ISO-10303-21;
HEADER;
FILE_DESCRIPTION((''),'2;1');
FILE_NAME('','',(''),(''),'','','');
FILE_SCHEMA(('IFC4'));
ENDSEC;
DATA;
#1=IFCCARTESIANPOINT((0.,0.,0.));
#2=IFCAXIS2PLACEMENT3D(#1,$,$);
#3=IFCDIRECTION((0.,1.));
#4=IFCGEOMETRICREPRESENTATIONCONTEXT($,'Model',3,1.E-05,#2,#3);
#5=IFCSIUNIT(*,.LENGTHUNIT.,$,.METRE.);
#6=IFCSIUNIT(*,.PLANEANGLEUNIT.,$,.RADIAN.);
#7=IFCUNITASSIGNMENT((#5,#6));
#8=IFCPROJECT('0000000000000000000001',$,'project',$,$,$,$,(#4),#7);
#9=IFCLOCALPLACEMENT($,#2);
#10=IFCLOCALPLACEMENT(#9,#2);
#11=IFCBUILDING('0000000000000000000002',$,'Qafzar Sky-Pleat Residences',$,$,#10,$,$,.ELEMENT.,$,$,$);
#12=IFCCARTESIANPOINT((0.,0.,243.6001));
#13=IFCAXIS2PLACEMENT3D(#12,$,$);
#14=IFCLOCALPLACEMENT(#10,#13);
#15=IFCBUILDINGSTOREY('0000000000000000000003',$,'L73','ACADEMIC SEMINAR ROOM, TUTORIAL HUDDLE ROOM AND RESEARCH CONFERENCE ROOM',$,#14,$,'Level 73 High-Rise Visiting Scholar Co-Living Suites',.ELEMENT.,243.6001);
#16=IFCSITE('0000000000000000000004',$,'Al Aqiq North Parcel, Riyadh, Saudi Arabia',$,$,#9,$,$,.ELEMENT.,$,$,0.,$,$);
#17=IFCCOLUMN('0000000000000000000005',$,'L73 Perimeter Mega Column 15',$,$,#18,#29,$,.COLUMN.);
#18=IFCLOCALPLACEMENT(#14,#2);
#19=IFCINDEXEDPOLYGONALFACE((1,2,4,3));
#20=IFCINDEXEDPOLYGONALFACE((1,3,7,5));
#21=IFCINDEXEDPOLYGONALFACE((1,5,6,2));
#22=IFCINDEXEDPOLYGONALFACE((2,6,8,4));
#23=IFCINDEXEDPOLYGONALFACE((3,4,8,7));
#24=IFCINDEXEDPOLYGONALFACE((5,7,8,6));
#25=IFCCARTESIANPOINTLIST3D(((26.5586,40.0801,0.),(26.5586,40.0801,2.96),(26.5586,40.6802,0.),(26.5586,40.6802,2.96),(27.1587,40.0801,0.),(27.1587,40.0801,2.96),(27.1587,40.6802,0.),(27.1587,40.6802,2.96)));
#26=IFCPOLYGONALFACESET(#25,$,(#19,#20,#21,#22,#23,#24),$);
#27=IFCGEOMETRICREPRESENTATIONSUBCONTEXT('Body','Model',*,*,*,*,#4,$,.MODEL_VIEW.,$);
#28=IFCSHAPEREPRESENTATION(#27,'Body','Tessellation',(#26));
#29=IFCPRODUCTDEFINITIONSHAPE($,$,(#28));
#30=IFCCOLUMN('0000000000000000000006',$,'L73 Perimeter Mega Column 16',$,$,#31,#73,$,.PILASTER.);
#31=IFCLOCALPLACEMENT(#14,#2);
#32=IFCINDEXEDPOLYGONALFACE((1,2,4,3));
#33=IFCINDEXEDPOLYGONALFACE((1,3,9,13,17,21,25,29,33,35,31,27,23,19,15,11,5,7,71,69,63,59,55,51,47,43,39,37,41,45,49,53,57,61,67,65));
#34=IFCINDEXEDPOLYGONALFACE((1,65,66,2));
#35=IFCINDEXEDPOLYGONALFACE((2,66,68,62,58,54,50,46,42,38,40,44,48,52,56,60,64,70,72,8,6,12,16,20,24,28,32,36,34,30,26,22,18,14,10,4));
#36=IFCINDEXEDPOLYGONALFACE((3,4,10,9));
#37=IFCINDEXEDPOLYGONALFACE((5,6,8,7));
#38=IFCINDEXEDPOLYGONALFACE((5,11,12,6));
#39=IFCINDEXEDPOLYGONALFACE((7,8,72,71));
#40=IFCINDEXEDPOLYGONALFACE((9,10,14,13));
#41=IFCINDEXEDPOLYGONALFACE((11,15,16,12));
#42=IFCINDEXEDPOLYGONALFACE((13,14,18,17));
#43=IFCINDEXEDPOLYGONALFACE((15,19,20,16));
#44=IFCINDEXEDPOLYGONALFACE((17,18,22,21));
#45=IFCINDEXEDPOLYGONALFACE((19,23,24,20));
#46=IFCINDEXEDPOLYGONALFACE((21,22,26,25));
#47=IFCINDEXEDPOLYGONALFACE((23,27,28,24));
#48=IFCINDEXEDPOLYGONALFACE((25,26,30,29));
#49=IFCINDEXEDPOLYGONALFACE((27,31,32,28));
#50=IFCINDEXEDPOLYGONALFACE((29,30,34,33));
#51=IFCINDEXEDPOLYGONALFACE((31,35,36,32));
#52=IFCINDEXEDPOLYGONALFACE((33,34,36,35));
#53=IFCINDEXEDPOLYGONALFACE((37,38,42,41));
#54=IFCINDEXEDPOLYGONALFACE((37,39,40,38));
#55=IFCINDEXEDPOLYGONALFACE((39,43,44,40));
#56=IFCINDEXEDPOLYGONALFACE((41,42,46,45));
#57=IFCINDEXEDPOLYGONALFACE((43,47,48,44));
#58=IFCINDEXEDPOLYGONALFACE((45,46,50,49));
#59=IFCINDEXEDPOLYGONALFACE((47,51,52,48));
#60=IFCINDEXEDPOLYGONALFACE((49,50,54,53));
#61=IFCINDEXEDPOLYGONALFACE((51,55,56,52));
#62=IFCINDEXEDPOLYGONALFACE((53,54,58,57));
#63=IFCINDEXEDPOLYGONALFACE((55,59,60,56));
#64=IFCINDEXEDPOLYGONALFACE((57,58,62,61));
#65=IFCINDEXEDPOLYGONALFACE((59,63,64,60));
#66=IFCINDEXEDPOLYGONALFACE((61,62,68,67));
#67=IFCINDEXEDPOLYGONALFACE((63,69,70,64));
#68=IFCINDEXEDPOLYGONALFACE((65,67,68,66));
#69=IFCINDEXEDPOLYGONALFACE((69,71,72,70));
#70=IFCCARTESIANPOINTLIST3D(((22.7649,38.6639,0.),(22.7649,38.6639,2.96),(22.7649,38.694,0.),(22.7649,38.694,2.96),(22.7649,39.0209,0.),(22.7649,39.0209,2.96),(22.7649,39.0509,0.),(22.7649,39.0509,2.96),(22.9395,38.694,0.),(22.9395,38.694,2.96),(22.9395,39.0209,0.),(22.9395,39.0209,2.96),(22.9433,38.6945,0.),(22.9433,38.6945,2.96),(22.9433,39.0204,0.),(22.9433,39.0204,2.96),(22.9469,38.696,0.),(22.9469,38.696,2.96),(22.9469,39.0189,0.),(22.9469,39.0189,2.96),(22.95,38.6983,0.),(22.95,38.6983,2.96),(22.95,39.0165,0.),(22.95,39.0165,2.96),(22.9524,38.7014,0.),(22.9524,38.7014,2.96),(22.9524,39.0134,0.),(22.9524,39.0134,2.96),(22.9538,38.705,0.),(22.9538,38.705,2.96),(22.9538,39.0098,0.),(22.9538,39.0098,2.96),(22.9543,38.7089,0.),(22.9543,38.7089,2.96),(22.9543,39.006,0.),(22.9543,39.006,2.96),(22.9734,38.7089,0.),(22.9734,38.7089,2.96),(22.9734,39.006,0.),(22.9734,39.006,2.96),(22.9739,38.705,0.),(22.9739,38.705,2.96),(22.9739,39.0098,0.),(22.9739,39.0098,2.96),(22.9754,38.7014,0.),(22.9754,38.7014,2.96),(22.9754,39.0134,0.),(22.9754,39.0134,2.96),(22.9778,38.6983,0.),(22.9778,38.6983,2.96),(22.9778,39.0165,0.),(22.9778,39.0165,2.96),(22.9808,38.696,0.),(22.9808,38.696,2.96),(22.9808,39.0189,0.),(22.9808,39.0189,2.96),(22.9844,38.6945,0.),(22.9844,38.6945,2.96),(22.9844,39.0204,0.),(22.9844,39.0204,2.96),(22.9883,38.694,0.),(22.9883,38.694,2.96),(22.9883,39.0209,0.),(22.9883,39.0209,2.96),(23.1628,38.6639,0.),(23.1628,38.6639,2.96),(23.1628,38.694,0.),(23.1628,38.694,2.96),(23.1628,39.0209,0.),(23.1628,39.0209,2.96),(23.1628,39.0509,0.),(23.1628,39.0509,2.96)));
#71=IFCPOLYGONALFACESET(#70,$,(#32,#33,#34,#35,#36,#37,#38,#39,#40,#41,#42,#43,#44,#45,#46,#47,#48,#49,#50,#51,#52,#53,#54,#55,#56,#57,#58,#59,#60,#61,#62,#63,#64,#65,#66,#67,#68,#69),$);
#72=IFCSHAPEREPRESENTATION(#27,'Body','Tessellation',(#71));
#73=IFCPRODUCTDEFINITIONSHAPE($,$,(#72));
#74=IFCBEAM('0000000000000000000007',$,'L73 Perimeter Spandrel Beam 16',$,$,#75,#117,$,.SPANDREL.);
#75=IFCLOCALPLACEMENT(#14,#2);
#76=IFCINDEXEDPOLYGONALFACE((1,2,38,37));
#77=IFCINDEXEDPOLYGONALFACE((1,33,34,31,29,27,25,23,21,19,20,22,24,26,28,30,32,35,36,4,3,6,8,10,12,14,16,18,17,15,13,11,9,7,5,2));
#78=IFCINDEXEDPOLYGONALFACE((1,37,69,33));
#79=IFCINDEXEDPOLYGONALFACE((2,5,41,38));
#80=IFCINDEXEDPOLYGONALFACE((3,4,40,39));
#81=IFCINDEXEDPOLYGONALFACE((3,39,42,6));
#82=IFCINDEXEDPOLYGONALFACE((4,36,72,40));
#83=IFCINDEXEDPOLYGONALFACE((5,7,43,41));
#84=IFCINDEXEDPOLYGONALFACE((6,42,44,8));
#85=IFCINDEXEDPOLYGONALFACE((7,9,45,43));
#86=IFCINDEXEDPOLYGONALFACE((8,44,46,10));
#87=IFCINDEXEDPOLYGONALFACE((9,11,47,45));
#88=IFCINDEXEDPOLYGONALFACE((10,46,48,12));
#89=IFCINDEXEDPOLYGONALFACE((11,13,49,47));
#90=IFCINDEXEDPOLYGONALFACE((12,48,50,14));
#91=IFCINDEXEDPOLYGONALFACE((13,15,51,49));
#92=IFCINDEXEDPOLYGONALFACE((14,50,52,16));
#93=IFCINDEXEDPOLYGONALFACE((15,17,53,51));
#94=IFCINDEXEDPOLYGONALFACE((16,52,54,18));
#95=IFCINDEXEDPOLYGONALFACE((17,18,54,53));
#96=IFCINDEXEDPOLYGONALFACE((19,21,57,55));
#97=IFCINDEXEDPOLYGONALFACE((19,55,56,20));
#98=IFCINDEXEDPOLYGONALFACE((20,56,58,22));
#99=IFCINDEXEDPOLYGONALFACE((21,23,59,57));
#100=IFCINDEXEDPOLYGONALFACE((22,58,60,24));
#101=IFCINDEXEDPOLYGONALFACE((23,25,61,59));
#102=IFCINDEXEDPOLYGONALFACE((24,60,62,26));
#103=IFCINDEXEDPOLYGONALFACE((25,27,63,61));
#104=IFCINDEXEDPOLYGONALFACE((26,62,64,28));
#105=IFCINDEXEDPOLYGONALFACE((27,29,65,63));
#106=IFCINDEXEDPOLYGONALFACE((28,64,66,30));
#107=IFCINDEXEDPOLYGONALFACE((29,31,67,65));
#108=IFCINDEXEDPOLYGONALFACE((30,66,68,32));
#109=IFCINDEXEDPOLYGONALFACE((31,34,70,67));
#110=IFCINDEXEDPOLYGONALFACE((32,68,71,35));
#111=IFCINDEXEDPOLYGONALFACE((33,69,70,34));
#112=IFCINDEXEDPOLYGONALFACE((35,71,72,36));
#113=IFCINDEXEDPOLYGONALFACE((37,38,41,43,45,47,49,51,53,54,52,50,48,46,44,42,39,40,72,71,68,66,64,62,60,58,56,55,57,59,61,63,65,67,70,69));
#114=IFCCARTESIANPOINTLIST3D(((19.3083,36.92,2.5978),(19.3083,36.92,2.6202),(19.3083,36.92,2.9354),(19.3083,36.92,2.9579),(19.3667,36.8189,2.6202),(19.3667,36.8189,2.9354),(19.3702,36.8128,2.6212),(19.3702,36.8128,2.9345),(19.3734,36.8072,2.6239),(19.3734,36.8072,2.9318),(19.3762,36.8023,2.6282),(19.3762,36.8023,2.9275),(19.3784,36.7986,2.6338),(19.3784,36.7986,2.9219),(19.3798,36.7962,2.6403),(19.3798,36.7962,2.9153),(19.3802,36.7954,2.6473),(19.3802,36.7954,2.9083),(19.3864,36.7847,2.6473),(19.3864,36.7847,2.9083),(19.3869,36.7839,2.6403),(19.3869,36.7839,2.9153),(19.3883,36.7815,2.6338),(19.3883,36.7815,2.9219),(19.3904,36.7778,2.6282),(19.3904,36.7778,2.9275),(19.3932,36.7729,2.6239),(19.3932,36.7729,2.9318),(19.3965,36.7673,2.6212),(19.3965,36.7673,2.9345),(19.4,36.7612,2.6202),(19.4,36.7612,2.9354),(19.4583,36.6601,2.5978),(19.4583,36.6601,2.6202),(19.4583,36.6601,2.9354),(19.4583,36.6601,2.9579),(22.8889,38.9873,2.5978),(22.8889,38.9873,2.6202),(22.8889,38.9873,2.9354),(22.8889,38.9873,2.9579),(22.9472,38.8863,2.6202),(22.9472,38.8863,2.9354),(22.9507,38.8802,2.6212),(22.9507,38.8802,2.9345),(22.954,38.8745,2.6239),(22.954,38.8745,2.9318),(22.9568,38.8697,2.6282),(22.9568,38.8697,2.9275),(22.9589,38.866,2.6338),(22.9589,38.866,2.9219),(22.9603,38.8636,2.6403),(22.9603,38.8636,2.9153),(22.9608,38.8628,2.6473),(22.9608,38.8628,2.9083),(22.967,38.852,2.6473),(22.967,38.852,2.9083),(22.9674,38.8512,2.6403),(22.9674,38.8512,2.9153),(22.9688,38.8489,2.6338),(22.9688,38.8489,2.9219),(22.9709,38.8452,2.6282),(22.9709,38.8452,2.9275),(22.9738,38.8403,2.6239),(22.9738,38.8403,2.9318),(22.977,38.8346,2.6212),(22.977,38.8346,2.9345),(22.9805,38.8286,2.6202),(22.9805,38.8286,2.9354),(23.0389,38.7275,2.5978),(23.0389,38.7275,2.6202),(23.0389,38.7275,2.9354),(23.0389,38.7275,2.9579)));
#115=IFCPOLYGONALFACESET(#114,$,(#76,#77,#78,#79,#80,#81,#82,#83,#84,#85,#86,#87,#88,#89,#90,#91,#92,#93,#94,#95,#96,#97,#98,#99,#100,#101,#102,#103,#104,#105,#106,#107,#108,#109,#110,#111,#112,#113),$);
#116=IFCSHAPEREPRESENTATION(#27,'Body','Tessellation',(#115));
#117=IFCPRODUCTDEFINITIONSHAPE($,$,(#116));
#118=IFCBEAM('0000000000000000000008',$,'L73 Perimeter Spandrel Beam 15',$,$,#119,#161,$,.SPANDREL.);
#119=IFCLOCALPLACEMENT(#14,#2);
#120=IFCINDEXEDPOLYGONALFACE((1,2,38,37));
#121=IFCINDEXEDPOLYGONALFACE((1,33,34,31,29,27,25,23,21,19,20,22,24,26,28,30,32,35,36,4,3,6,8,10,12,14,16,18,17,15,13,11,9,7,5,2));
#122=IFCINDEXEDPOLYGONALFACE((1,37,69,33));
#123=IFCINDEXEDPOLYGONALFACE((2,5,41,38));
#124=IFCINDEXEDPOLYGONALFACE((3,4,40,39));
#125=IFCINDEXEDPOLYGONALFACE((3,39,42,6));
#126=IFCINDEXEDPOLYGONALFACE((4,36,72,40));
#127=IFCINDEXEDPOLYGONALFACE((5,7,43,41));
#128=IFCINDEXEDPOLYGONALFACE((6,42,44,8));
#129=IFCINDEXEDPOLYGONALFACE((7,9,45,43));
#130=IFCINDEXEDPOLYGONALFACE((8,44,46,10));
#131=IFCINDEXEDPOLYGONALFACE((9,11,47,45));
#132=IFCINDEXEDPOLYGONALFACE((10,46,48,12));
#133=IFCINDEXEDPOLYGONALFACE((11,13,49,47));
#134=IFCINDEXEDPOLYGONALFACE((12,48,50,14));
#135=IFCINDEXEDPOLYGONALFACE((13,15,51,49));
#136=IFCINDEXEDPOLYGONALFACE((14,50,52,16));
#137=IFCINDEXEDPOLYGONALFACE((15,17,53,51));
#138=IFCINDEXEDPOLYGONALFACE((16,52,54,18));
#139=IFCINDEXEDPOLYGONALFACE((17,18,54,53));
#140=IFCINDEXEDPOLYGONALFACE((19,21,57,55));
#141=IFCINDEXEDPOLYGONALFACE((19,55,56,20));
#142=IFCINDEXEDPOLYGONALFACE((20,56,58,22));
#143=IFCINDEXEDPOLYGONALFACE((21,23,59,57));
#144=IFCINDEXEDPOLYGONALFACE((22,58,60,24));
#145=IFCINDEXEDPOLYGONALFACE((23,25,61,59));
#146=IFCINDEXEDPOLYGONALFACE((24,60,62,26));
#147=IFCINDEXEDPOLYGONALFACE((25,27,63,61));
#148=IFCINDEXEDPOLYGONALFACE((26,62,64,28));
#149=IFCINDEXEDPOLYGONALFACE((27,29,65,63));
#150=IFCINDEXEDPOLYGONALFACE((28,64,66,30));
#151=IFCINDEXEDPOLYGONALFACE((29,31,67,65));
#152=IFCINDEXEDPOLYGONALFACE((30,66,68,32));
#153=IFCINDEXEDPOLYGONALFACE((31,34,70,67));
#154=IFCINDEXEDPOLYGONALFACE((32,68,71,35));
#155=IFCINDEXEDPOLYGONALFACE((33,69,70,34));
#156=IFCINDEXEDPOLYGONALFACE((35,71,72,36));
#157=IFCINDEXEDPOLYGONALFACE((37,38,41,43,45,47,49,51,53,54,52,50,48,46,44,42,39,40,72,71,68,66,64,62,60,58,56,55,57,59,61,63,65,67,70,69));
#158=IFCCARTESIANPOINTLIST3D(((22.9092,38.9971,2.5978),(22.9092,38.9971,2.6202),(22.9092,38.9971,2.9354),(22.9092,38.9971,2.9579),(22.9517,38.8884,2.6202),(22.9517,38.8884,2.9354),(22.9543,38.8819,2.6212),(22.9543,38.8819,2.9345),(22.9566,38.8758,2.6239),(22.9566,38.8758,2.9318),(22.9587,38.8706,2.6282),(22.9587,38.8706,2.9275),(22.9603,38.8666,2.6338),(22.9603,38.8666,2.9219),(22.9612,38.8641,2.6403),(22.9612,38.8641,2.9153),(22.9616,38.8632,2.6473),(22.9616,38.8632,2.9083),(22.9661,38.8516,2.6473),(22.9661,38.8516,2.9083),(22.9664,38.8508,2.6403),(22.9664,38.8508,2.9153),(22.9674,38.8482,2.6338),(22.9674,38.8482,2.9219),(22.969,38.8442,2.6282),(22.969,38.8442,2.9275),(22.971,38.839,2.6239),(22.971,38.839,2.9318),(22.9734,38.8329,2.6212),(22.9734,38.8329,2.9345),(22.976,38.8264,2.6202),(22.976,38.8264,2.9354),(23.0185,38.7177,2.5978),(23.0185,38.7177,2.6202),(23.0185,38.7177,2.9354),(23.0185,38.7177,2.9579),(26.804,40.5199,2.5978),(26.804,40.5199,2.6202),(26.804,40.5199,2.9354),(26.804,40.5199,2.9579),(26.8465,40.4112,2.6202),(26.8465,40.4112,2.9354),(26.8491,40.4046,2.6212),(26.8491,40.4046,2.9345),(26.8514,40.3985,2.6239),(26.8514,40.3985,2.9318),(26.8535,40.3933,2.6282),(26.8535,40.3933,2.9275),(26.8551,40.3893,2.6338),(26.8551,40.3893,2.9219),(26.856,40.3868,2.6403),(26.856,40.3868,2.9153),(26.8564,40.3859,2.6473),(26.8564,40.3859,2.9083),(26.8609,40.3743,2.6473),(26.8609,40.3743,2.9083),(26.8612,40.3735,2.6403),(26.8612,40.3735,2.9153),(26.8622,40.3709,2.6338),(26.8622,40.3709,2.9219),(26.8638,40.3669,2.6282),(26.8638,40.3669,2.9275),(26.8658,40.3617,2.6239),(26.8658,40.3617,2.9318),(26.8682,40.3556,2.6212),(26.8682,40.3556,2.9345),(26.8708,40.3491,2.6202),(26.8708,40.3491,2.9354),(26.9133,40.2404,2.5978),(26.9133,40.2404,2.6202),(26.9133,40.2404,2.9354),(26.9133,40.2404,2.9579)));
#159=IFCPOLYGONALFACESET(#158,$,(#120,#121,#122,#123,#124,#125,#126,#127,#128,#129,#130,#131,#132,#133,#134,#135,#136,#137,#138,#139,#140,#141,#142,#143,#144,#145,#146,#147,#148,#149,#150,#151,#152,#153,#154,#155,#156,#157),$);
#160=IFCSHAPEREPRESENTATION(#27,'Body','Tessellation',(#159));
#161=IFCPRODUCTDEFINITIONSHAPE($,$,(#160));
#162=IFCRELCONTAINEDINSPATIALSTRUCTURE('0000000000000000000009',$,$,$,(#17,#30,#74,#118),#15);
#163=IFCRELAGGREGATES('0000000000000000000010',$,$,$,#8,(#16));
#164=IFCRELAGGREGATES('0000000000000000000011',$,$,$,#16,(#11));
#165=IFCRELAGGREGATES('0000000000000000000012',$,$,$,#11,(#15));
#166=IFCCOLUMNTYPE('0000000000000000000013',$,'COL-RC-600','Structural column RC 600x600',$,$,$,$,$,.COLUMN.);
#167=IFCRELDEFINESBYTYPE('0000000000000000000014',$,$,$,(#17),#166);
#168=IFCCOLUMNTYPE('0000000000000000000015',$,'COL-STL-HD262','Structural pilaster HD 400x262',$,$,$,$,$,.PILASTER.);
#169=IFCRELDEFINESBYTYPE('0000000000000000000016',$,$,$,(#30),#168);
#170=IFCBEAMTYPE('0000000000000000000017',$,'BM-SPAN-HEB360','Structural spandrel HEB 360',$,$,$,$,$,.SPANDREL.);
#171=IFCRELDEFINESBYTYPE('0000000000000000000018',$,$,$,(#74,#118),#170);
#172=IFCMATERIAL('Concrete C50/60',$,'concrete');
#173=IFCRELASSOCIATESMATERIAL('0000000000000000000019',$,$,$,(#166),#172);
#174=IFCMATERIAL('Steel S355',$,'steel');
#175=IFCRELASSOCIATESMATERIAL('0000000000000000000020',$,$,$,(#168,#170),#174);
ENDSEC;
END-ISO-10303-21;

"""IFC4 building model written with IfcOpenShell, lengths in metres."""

from ifc_helpers import new_model, si_unit, direction, frame, origin, origin_2d, place, context, subcontext, project, spatial, rectangle, i_section, extrude, source, transform, mapped, material, material_profile, profile_set, type_object, element, save


model = new_model("IFC4")

# Units and contexts
model_context = context("Model", 3, precision=1e-05, world=origin(), true_north=direction((0.0, 1.0)))
body_context = subcontext(model_context, "Body", "Model", "MODEL_VIEW")
ifc_project = project(units=[si_unit("LENGTHUNIT", "METRE"), si_unit("PLANEANGLEUNIT", "RADIAN")], contexts=[model_context])

# Site, building, storey
site_placement = place(None, origin())
site = spatial("IfcSite", under=ifc_project, at=site_placement, Name="Al Aqiq North Parcel, Riyadh, Saudi Arabia", CompositionType="ELEMENT", RefElevation=0.0)
building_placement = place(site_placement, origin())
building = spatial("IfcBuilding", under=site, at=building_placement, Name="Qafzar Sky-Pleat Residences", CompositionType="ELEMENT")
storey_placement = place(building_placement, frame((0.0, 0.0, 243.6001)))
storey = spatial("IfcBuildingStorey", under=building, at=storey_placement, Name="L73", Description="ACADEMIC SEMINAR ROOM, TUTORIAL HUDDLE ROOM AND RESEARCH CONFERENCE ROOM", LongName="Level 73 High-Rise Visiting Scholar Co-Living Suites", CompositionType="ELEMENT", Elevation=243.6001)

# Columns
ifc_material_1 = material(Name="Concrete C50/60", Category="concrete")
ifc_material_profile_1 = material_profile(ifc_material_1, rectangle(XDim=0.6001, YDim=0.6001, at=origin_2d()), Name="RC 600x600")
ifc_profile_set_1 = profile_set([ifc_material_profile_1], Name="Concrete C50/60")
column_type_1 = type_object("IfcColumnType", Name="COL-RC-600", Description="Structural column RC 600x600", PredefinedType="COLUMN", material=ifc_profile_set_1)
shared_shape_1 = source(origin(), body_context, "Body", "SweptSolid", [
    extrude(rectangle(XDim=0.6001, YDim=0.6001, at=origin_2d()), origin(), (0.0, 0.0, 1.0), 2.96),
])
column_1_placement = place(storey_placement, frame((26.8586, 40.3801, 0.0), z_axis=(0.0, 0.0, 1.0), x_axis=(1.0, 0.0, 0.0)))
element("IfcColumn", 1, at=column_1_placement, inside=storey, type_object=column_type_1, Name="L73 Perimeter Mega Column 15", PredefinedType="COLUMN", context=body_context, shape_type="MappedRepresentation", body=[
    mapped(shared_shape_1, transform((0.0, 0.0, 0.0), x_axis=(1.0, 0.0, 0.0), y_axis=(0.0, 1.0, 0.0), z_axis=(0.0, 0.0, 1.0), scale=1.0)),
])
ifc_material_2 = material(Name="Steel S355", Category="steel")
ifc_material_profile_2 = material_profile(ifc_material_2, i_section(OverallWidth=0.3979, OverallDepth=0.387, WebThickness=0.019, FlangeThickness=0.03, FilletRadius=0.0149, at=origin_2d()), Name="HD 400x262")
ifc_profile_set_2 = profile_set([ifc_material_profile_2], Name="Steel S355")
column_type_2 = type_object("IfcColumnType", Name="COL-STL-HD262", Description="Structural pilaster HD 400x262", PredefinedType="PILASTER", material=ifc_profile_set_2)
shared_shape_2 = source(origin(), body_context, "Body", "SweptSolid", [
    extrude(i_section(OverallWidth=0.3979, OverallDepth=0.387, WebThickness=0.019, FlangeThickness=0.03, FilletRadius=0.0149, at=origin_2d()), origin(), (0.0, 0.0, 1.0), 2.96),
])
column_2_placement = place(storey_placement, frame((22.9639, 38.8574, 0.0), z_axis=(0.0, 0.0, 1.0), x_axis=(1.0, 0.0, 0.0)))
element("IfcColumn", 2, at=column_2_placement, inside=storey, type_object=column_type_2, Name="L73 Perimeter Mega Column 16", PredefinedType="PILASTER", context=body_context, shape_type="MappedRepresentation", body=[
    mapped(shared_shape_2, transform((0.0, 0.0, 0.0), x_axis=(1.0, 0.0, 0.0), y_axis=(0.0, 1.0, 0.0), z_axis=(0.0, 0.0, 1.0), scale=1.0)),
])

# Beams
ifc_material_profile_3 = material_profile(ifc_material_2, i_section(OverallWidth=0.3, OverallDepth=0.3601, WebThickness=0.0125, FlangeThickness=0.0225, FilletRadius=0.0271, at=origin_2d()), Name="HEB 360")
ifc_profile_set_3 = profile_set([ifc_material_profile_3], Name="Steel S355")
beam_type_1 = type_object("IfcBeamType", Name="BM-SPAN-HEB360", Description="Structural spandrel HEB 360", PredefinedType="SPANDREL", material=ifc_profile_set_3)
shared_shape_3 = source(origin(), body_context, "Body", "SweptSolid", [
    extrude(i_section(OverallWidth=0.3, OverallDepth=0.3601, WebThickness=0.0125, FlangeThickness=0.0225, FilletRadius=0.0271, at=origin_2d()), origin(), (0.0, 0.0, 1.0), 4.1345),
])
beam_1_placement = place(storey_placement, frame((22.9639, 38.8574, 2.7778), z_axis=(-0.866011, -0.500026, 0.0), x_axis=(0.500026, -0.866011, 0.0)))
element("IfcBeam", 3, at=beam_1_placement, inside=storey, type_object=beam_type_1, Name="L73 Perimeter Spandrel Beam 16", PredefinedType="SPANDREL", context=body_context, shape_type="MappedRepresentation", body=[
    mapped(shared_shape_3, transform((0.0, 0.0, 0.0), x_axis=(1.0, 0.0, 0.0), y_axis=(0.0, 1.0, 0.0), z_axis=(0.0, 0.0, 1.0), scale=1.0)),
])
shared_shape_4 = source(origin(), body_context, "Body", "SweptSolid", [
    extrude(i_section(OverallWidth=0.3, OverallDepth=0.3601, WebThickness=0.0125, FlangeThickness=0.0225, FilletRadius=0.0271, at=origin_2d()), origin(), (0.0, 0.0, 1.0), 4.1819),
])
beam_2_placement = place(storey_placement, frame((26.8586, 40.3801, 2.7778), z_axis=(-0.931351, -0.364122, 0.0), x_axis=(0.364122, -0.931351, 0.0)))
element("IfcBeam", 4, at=beam_2_placement, inside=storey, type_object=beam_type_1, Name="L73 Perimeter Spandrel Beam 15", PredefinedType="SPANDREL", context=body_context, shape_type="MappedRepresentation", body=[
    mapped(shared_shape_4, transform((0.0, 0.0, 0.0), x_axis=(1.0, 0.0, 0.0), y_axis=(0.0, 1.0, 0.0), z_axis=(0.0, 0.0, 1.0), scale=1.0)),
])

save(model, "model.ifc")
